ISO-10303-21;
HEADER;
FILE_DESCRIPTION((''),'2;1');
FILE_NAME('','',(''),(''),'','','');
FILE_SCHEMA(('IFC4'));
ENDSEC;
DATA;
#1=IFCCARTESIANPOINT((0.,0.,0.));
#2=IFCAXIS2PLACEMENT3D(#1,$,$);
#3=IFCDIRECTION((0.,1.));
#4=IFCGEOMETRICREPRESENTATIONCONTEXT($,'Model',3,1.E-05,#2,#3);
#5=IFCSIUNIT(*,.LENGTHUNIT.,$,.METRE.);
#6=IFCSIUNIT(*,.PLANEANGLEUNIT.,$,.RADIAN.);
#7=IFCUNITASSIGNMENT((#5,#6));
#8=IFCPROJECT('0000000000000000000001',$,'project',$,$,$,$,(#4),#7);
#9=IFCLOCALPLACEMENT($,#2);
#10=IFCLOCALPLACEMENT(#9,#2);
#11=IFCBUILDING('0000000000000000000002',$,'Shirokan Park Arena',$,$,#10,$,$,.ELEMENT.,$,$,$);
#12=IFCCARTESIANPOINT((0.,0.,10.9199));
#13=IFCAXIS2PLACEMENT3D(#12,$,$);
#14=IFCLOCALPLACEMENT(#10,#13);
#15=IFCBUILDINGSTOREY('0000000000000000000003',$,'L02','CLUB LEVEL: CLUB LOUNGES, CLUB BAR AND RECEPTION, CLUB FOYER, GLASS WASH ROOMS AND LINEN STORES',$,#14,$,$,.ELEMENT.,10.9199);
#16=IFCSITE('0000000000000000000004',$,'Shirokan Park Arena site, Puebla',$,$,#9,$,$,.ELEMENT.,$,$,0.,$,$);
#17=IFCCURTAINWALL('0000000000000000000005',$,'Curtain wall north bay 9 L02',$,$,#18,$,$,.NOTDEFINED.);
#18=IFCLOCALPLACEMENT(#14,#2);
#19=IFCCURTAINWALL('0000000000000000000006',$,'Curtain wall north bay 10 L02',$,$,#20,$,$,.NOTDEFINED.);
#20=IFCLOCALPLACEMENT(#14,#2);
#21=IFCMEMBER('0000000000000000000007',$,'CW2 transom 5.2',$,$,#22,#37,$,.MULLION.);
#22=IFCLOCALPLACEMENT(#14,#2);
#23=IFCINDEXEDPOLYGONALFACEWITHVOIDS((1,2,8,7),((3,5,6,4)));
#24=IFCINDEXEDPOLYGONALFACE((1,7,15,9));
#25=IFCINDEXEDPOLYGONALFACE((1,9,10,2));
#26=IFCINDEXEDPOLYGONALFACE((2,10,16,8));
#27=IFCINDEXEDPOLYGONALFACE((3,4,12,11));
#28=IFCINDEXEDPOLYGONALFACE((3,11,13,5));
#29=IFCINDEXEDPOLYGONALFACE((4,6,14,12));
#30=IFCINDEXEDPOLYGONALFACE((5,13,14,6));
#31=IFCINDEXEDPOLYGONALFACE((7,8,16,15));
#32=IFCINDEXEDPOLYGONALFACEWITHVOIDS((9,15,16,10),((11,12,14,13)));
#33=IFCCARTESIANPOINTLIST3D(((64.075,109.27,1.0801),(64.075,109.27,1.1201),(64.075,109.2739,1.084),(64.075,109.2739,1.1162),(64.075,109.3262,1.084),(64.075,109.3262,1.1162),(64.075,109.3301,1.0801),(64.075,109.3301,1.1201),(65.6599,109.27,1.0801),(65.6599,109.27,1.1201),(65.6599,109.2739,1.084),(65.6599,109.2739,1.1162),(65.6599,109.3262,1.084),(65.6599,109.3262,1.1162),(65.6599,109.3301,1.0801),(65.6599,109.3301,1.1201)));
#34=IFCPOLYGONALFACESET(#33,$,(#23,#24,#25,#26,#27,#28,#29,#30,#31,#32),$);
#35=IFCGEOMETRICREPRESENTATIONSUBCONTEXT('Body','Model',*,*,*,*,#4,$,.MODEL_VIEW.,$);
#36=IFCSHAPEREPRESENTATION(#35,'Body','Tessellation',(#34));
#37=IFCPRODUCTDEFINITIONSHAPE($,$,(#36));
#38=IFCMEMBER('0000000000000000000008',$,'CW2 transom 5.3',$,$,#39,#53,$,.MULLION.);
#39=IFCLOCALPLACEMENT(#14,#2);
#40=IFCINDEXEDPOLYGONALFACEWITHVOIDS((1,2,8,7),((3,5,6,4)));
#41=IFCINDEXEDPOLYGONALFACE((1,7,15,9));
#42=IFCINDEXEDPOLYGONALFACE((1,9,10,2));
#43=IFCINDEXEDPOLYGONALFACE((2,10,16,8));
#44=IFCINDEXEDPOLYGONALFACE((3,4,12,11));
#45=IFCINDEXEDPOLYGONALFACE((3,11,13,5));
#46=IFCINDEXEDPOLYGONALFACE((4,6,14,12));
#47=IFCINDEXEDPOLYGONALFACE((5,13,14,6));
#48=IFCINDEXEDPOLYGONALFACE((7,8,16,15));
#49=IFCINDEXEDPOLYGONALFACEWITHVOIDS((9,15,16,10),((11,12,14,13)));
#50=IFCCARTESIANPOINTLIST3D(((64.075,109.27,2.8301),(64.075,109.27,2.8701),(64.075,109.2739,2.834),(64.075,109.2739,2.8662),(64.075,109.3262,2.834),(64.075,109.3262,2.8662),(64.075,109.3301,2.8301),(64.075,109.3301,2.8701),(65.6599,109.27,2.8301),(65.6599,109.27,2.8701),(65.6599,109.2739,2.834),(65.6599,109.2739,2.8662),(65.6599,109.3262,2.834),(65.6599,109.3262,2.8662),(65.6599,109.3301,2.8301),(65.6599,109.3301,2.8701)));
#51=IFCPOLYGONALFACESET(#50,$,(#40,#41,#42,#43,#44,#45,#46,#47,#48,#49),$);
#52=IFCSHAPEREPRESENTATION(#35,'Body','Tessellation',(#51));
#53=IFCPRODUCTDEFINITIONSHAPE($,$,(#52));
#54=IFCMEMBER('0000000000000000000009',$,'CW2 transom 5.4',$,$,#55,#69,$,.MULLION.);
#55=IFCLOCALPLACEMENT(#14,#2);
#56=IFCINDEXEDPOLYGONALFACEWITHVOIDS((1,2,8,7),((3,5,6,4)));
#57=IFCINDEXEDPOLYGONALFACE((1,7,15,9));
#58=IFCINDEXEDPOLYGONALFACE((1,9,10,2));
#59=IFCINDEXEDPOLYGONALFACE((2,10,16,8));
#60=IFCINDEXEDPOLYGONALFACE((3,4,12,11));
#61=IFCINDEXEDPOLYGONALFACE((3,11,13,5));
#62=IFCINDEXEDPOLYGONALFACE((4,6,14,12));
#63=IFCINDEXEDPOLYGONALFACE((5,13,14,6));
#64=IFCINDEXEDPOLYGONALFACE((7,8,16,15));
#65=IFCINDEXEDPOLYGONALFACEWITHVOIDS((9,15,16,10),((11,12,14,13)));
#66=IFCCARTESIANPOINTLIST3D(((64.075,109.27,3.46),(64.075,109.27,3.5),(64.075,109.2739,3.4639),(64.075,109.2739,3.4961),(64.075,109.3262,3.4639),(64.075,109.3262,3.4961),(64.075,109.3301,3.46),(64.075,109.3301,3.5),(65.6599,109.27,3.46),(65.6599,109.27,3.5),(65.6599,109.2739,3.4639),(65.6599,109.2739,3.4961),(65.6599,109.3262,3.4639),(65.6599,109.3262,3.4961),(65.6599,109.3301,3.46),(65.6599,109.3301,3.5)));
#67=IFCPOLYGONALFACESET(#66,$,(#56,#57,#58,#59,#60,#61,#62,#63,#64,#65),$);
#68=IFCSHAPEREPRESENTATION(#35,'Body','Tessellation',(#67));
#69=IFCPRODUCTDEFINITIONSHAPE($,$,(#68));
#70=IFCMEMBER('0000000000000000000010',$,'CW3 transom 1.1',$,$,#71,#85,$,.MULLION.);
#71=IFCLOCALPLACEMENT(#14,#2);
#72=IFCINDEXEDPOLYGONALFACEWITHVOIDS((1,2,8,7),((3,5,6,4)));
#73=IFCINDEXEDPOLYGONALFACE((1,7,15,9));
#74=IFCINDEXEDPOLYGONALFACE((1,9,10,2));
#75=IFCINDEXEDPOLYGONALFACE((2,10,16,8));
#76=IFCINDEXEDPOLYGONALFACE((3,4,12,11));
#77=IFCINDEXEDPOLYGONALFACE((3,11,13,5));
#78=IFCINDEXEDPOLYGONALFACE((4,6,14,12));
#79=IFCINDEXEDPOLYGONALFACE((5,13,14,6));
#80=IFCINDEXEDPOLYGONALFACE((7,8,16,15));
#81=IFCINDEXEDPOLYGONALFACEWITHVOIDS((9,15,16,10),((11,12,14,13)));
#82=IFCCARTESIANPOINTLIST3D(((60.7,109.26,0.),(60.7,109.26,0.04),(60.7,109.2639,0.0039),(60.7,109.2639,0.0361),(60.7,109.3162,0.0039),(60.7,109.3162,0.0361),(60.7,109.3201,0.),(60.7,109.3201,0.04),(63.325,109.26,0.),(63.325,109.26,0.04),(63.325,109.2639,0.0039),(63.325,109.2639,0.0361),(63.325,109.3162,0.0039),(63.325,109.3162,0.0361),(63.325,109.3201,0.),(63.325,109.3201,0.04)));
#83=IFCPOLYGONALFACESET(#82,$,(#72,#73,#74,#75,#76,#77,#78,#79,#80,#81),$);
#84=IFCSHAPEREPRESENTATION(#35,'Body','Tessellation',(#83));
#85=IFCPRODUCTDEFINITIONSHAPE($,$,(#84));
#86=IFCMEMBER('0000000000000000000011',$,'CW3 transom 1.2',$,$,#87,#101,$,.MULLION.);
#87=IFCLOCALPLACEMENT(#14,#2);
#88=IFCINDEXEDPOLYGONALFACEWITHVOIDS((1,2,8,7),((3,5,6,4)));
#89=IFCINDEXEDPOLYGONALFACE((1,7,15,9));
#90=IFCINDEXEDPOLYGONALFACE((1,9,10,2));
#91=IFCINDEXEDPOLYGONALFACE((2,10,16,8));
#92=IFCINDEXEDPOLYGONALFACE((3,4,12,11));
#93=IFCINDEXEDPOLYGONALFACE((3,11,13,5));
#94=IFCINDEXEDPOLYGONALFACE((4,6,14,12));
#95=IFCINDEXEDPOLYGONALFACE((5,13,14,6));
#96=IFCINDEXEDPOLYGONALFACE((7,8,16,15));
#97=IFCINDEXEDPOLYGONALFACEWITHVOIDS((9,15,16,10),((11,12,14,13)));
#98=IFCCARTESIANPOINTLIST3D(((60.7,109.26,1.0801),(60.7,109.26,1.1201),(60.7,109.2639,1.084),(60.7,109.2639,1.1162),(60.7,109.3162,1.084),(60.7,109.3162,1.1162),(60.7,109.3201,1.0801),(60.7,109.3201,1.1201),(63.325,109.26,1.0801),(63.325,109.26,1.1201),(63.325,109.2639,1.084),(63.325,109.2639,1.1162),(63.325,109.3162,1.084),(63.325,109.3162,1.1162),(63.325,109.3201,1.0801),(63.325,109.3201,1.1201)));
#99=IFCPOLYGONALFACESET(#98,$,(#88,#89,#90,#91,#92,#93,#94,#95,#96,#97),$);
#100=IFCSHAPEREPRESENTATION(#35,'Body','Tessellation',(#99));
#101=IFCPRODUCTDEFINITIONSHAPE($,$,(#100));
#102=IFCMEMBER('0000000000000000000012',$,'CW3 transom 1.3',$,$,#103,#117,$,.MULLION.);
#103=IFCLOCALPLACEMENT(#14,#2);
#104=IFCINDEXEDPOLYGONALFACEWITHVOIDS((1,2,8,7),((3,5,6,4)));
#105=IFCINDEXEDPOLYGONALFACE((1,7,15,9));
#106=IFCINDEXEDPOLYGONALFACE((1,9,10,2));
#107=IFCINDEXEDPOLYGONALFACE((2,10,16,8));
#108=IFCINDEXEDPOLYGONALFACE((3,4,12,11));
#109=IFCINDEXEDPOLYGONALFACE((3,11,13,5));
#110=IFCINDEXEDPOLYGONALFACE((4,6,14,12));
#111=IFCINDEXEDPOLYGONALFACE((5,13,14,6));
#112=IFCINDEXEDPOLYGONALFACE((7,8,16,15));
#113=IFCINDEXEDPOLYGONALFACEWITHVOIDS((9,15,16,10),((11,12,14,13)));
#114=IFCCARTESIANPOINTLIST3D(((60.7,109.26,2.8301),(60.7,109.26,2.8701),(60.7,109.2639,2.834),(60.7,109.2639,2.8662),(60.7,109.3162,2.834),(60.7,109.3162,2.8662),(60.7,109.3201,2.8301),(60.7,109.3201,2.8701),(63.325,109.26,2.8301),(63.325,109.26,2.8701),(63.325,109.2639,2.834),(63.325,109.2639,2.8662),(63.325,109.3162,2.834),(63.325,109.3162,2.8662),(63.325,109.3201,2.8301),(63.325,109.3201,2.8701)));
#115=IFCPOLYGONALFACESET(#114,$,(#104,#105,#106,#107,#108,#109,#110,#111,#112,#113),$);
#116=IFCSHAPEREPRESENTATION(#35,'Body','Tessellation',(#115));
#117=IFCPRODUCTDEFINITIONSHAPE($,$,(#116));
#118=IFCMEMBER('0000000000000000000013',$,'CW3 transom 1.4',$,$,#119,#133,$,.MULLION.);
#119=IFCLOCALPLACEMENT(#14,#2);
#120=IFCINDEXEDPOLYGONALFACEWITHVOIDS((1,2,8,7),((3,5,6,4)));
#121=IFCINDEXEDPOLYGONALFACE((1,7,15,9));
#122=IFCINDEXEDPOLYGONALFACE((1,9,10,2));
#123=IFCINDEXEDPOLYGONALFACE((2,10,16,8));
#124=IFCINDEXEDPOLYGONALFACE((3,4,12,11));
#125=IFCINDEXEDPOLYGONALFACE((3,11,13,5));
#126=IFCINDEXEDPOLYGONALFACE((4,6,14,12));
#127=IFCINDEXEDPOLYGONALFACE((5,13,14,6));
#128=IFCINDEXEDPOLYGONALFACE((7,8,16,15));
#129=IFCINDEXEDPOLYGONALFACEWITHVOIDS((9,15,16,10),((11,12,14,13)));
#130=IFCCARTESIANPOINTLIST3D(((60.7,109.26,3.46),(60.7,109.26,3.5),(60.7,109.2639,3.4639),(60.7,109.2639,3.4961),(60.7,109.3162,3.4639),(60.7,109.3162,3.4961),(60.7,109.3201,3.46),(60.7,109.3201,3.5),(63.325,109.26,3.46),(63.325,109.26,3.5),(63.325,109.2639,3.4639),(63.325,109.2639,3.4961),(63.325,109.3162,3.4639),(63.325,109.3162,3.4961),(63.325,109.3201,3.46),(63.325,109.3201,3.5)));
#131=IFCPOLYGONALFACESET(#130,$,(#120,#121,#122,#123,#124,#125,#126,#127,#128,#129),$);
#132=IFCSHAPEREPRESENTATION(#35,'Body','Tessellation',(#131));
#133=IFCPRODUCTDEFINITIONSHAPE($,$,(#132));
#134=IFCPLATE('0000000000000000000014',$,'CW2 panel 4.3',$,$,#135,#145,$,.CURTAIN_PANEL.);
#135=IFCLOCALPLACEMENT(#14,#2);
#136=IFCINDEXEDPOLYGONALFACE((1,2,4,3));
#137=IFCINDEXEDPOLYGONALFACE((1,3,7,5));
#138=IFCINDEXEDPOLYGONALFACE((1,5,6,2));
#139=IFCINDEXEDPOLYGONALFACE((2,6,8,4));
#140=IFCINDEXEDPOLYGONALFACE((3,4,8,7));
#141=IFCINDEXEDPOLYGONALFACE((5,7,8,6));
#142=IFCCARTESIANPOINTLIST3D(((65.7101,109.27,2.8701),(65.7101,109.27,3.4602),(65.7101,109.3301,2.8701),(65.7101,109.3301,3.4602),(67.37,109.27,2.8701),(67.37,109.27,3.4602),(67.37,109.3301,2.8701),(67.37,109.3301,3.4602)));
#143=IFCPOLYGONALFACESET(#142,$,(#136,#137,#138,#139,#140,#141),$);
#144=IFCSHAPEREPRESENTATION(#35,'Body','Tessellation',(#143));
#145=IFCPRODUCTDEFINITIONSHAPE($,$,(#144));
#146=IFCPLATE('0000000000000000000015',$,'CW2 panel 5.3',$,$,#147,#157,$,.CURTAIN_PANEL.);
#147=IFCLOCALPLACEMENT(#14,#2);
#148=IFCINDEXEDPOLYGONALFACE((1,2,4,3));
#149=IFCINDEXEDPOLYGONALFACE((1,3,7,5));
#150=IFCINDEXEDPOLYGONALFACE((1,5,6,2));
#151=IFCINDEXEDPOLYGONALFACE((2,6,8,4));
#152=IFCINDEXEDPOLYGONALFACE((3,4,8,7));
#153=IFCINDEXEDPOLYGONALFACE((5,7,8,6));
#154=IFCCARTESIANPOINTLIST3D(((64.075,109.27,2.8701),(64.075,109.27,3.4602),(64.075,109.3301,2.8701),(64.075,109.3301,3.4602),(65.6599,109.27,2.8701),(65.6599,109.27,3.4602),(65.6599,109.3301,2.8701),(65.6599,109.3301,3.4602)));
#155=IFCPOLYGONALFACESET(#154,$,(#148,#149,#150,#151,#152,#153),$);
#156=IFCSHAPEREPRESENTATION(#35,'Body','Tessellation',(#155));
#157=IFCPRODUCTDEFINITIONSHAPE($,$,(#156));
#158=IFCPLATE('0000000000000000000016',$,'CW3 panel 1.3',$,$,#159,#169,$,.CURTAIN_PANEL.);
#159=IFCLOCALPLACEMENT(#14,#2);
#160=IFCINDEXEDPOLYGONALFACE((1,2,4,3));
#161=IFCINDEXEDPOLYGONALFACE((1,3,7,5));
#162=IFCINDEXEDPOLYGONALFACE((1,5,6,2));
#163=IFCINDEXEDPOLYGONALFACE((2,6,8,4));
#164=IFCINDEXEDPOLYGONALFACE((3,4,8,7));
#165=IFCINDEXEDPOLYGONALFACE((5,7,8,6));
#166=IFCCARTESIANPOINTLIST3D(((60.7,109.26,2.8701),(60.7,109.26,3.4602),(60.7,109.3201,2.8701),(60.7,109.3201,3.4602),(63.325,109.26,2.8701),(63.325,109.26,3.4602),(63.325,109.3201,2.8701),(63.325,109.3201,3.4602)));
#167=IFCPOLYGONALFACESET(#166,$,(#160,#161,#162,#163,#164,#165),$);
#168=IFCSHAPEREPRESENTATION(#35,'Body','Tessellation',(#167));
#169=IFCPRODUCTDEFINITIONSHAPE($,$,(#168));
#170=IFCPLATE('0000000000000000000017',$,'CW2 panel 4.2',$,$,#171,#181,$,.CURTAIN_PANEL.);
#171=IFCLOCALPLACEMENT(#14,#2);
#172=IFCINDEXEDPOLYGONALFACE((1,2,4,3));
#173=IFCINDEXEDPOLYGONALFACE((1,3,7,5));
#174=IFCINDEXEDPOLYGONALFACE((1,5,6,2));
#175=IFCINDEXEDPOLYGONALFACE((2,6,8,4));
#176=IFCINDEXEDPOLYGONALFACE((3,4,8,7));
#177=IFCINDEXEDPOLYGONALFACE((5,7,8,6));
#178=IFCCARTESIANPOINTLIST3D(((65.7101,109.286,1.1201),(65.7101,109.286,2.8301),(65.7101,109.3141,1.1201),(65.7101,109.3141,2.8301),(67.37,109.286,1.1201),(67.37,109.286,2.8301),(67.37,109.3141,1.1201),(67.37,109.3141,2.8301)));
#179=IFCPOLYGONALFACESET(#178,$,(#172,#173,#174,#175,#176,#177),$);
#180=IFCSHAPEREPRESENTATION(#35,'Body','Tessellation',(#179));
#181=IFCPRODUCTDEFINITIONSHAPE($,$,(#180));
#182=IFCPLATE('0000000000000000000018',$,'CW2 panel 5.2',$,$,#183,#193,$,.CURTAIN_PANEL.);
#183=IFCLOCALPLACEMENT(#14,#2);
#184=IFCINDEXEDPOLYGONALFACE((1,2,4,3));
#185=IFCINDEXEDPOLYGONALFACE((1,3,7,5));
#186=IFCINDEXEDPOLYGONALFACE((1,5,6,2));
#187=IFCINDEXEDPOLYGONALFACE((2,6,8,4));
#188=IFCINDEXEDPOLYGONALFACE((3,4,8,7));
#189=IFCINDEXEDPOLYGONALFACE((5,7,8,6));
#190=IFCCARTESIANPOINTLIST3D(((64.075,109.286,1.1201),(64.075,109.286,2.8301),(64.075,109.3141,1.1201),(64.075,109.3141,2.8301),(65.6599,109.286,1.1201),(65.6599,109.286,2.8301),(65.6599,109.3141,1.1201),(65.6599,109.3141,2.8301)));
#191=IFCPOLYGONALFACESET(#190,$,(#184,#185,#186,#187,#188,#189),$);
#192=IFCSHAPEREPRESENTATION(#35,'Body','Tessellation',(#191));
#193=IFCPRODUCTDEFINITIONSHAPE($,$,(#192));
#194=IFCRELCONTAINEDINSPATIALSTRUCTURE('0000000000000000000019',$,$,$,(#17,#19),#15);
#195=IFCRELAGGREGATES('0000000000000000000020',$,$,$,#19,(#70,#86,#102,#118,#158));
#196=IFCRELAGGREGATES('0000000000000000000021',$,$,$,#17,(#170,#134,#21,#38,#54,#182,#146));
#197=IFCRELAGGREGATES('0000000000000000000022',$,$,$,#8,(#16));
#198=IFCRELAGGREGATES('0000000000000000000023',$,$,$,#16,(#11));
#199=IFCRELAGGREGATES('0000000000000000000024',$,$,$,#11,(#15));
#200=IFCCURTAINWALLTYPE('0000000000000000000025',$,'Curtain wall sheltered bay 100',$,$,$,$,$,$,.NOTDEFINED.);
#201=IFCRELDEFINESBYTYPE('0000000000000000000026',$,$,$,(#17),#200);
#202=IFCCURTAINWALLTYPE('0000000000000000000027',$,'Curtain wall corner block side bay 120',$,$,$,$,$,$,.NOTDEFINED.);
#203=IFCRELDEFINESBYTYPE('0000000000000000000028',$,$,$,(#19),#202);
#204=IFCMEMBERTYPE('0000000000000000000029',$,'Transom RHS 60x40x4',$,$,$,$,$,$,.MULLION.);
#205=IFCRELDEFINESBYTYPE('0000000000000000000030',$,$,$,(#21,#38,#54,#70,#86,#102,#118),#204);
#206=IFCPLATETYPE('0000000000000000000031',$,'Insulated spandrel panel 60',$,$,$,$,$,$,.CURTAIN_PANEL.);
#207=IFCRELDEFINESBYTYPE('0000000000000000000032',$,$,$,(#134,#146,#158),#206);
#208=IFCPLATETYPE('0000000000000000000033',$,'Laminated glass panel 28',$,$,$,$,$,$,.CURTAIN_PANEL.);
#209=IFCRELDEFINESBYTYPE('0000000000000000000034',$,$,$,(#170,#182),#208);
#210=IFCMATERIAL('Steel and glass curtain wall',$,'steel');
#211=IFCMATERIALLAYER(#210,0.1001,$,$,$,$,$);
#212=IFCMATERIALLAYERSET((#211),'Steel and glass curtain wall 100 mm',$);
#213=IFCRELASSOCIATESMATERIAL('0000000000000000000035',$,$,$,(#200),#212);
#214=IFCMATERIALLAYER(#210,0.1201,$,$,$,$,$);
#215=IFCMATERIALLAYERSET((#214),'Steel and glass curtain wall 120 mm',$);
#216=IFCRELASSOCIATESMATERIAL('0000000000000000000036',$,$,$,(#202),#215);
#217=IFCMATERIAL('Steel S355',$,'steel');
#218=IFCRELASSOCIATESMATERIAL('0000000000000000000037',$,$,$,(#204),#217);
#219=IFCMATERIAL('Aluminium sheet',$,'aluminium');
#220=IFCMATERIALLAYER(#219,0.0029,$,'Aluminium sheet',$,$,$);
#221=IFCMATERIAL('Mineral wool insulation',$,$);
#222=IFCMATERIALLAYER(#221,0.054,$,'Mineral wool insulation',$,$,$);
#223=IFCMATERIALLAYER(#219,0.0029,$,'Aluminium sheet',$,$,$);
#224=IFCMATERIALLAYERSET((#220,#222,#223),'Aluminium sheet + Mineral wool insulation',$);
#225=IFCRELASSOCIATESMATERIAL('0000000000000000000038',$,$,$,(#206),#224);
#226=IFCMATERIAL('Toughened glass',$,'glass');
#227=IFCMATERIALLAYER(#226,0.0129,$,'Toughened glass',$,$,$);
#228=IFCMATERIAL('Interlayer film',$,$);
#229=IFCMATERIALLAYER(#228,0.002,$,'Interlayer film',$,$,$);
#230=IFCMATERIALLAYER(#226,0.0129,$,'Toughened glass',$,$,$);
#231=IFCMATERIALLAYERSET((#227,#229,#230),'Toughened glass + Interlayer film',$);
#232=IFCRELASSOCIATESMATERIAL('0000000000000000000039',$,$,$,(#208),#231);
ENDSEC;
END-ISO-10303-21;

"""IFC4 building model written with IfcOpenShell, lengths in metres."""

from ifc_helpers import new_model, si_unit, direction, frame, origin, origin_2d, place, context, subcontext, project, spatial, rectangle, hollow_rectangle, extrude, material, layer, layer_set, material_profile, profile_set, type_object, element, aggregate, save


model = new_model("IFC4")

# Units and contexts
model_context = context("Model", 3, precision=1e-05, world=origin(), true_north=direction((0.0, 1.0)))
body_context = subcontext(model_context, "Body", "Model", "MODEL_VIEW")
ifc_project = project(units=[si_unit("LENGTHUNIT", "METRE"), si_unit("PLANEANGLEUNIT", "RADIAN")], contexts=[model_context])

# Site, building, storey
site_placement = place(None, origin())
site = spatial("IfcSite", under=ifc_project, at=site_placement, Name="Shirokan Park Arena site, Puebla", CompositionType="ELEMENT", RefElevation=0.0)
building_placement = place(site_placement, origin())
building = spatial("IfcBuilding", under=site, at=building_placement, Name="Shirokan Park Arena", CompositionType="ELEMENT")
storey_placement = place(building_placement, frame((0.0, 0.0, 10.9199)))
storey = spatial("IfcBuildingStorey", under=building, at=storey_placement, Name="L02", Description="CLUB LEVEL: CLUB LOUNGES, CLUB BAR AND RECEPTION, CLUB FOYER, GLASS WASH ROOMS AND LINEN STORES", CompositionType="ELEMENT", Elevation=10.9199)

# Curtain walls
ifc_material_1 = material(Name="Steel and glass curtain wall", Category="steel")
ifc_layer_1 = layer(ifc_material_1, 0.1001)
ifc_layer_set_1 = layer_set([ifc_layer_1], Name="Steel and glass curtain wall 100 mm")
curtain_wall_type_1 = type_object("IfcCurtainWallType", Name="Curtain wall sheltered bay 100", PredefinedType="NOTDEFINED", material=ifc_layer_set_1)
curtain_wall_1_placement = place(storey_placement, origin())
curtain_wall_1 = element("IfcCurtainWall", 1, at=curtain_wall_1_placement, inside=storey, type_object=curtain_wall_type_1, Name="Curtain wall north bay 9 L02", PredefinedType="NOTDEFINED")
ifc_material_2 = material(Name="Steel S355", Category="steel")
ifc_layer_2 = layer(ifc_material_1, 0.1201)
ifc_layer_set_2 = layer_set([ifc_layer_2], Name="Steel and glass curtain wall 120 mm")
curtain_wall_type_2 = type_object("IfcCurtainWallType", Name="Curtain wall corner block side bay 120", PredefinedType="NOTDEFINED", material=ifc_layer_set_2)
curtain_wall_2_placement = place(storey_placement, origin())
curtain_wall_2 = element("IfcCurtainWall", 2, at=curtain_wall_2_placement, inside=storey, type_object=curtain_wall_type_2, Name="Curtain wall north bay 10 L02", PredefinedType="NOTDEFINED")

# Members
ifc_material_profile_1 = material_profile(ifc_material_2, hollow_rectangle(XDim=0.0601, YDim=0.04, WallThickness=0.0039, at=origin_2d()), Name="RHS 60x40x4")
ifc_profile_set_1 = profile_set([ifc_material_profile_1], Name="Steel S355")
member_type_1 = type_object("IfcMemberType", Name="Transom RHS 60x40x4", PredefinedType="MULLION", material=ifc_profile_set_1)
member_1_placement = place(storey_placement, frame((65.6599, 109.3, 1.1001), z_axis=(-1.0, 0.0, 0.0), x_axis=(0.0, -1.0, 0.0)))
member_1 = element("IfcMember", 3, at=member_1_placement, type_object=member_type_1, Name="CW2 transom 5.2", PredefinedType="MULLION", context=body_context, shape_type="SweptSolid", body=[
    extrude(hollow_rectangle(XDim=0.0601, YDim=0.04, WallThickness=0.0039, at=origin_2d()), origin(), (0.0, 0.0, 1.0), 1.585),
])
member_2_placement = place(storey_placement, frame((65.6599, 109.3, 2.8501), z_axis=(-1.0, 0.0, 0.0), x_axis=(0.0, -1.0, 0.0)))
member_2 = element("IfcMember", 4, at=member_2_placement, type_object=member_type_1, Name="CW2 transom 5.3", PredefinedType="MULLION", context=body_context, shape_type="SweptSolid", body=[
    extrude(hollow_rectangle(XDim=0.0601, YDim=0.04, WallThickness=0.0039, at=origin_2d()), origin(), (0.0, 0.0, 1.0), 1.585),
])
member_3_placement = place(storey_placement, frame((65.6599, 109.3, 3.48), z_axis=(-1.0, 0.0, 0.0), x_axis=(0.0, -1.0, 0.0)))
member_3 = element("IfcMember", 5, at=member_3_placement, type_object=member_type_1, Name="CW2 transom 5.4", PredefinedType="MULLION", context=body_context, shape_type="SweptSolid", body=[
    extrude(hollow_rectangle(XDim=0.0601, YDim=0.04, WallThickness=0.0039, at=origin_2d()), origin(), (0.0, 0.0, 1.0), 1.585),
])
member_4_placement = place(storey_placement, frame((63.325, 109.29, 0.02), z_axis=(-1.0, 0.0, 0.0), x_axis=(0.0, -1.0, 0.0)))
member_4 = element("IfcMember", 6, at=member_4_placement, type_object=member_type_1, Name="CW3 transom 1.1", PredefinedType="MULLION", context=body_context, shape_type="SweptSolid", body=[
    extrude(hollow_rectangle(XDim=0.0601, YDim=0.04, WallThickness=0.0039, at=origin_2d()), origin(), (0.0, 0.0, 1.0), 2.625),
])
member_5_placement = place(storey_placement, frame((63.325, 109.29, 1.1001), z_axis=(-1.0, 0.0, 0.0), x_axis=(0.0, -1.0, 0.0)))
member_5 = element("IfcMember", 7, at=member_5_placement, type_object=member_type_1, Name="CW3 transom 1.2", PredefinedType="MULLION", context=body_context, shape_type="SweptSolid", body=[
    extrude(hollow_rectangle(XDim=0.0601, YDim=0.04, WallThickness=0.0039, at=origin_2d()), origin(), (0.0, 0.0, 1.0), 2.625),
])
member_6_placement = place(storey_placement, frame((63.325, 109.29, 2.8501), z_axis=(-1.0, 0.0, 0.0), x_axis=(0.0, -1.0, 0.0)))
member_6 = element("IfcMember", 8, at=member_6_placement, type_object=member_type_1, Name="CW3 transom 1.3", PredefinedType="MULLION", context=body_context, shape_type="SweptSolid", body=[
    extrude(hollow_rectangle(XDim=0.0601, YDim=0.04, WallThickness=0.0039, at=origin_2d()), origin(), (0.0, 0.0, 1.0), 2.625),
])
member_7_placement = place(storey_placement, frame((63.325, 109.29, 3.48), z_axis=(-1.0, 0.0, 0.0), x_axis=(0.0, -1.0, 0.0)))
member_7 = element("IfcMember", 9, at=member_7_placement, type_object=member_type_1, Name="CW3 transom 1.4", PredefinedType="MULLION", context=body_context, shape_type="SweptSolid", body=[
    extrude(hollow_rectangle(XDim=0.0601, YDim=0.04, WallThickness=0.0039, at=origin_2d()), origin(), (0.0, 0.0, 1.0), 2.625),
])

# Plates
ifc_material_3 = material(Name="Aluminium sheet", Category="aluminium")
ifc_layer_3 = layer(ifc_material_3, 0.0029, Name="Aluminium sheet")
ifc_material_4 = material(Name="Mineral wool insulation")
ifc_layer_4 = layer(ifc_material_4, 0.054, Name="Mineral wool insulation")
ifc_layer_5 = layer(ifc_material_3, 0.0029, Name="Aluminium sheet")
ifc_layer_set_3 = layer_set([ifc_layer_3, ifc_layer_4, ifc_layer_5], Name="Aluminium sheet + Mineral wool insulation")
plate_type_1 = type_object("IfcPlateType", Name="Insulated spandrel panel 60", PredefinedType="CURTAIN_PANEL", material=ifc_layer_set_3)
plate_1_placement = place(storey_placement, frame((66.54, 109.3, 2.8701), z_axis=(0.0, 0.0, 1.0), x_axis=(-1.0, 0.0, 0.0)))
plate_1 = element("IfcPlate", 10, at=plate_1_placement, type_object=plate_type_1, Name="CW2 panel 4.3", PredefinedType="CURTAIN_PANEL", context=body_context, shape_type="SweptSolid", body=[
    extrude(rectangle(XDim=1.6599, YDim=0.0601, at=origin_2d()), origin(), (0.0, 0.0, 1.0), 0.5901),
])
plate_2_placement = place(storey_placement, frame((64.8674, 109.3, 2.8701), z_axis=(0.0, 0.0, 1.0), x_axis=(-1.0, 0.0, 0.0)))
plate_2 = element("IfcPlate", 11, at=plate_2_placement, type_object=plate_type_1, Name="CW2 panel 5.3", PredefinedType="CURTAIN_PANEL", context=body_context, shape_type="SweptSolid", body=[
    extrude(rectangle(XDim=1.585, YDim=0.0601, at=origin_2d()), origin(), (0.0, 0.0, 1.0), 0.5901),
])
plate_3_placement = place(storey_placement, frame((62.0125, 109.29, 2.8701), z_axis=(0.0, 0.0, 1.0), x_axis=(-1.0, 0.0, 0.0)))
plate_3 = element("IfcPlate", 12, at=plate_3_placement, type_object=plate_type_1, Name="CW3 panel 1.3", PredefinedType="CURTAIN_PANEL", context=body_context, shape_type="SweptSolid", body=[
    extrude(rectangle(XDim=2.625, YDim=0.0601, at=origin_2d()), origin(), (0.0, 0.0, 1.0), 0.5901),
])
aggregate(curtain_wall_2, [member_4, member_5, member_6, member_7, plate_3])
ifc_material_5 = material(Name="Toughened glass", Category="glass")
ifc_layer_6 = layer(ifc_material_5, 0.0129, Name="Toughened glass")
ifc_material_6 = material(Name="Interlayer film")
ifc_layer_7 = layer(ifc_material_6, 0.002, Name="Interlayer film")
ifc_layer_8 = layer(ifc_material_5, 0.0129, Name="Toughened glass")
ifc_layer_set_4 = layer_set([ifc_layer_6, ifc_layer_7, ifc_layer_8], Name="Toughened glass + Interlayer film")
plate_type_2 = type_object("IfcPlateType", Name="Laminated glass panel 28", PredefinedType="CURTAIN_PANEL", material=ifc_layer_set_4)
plate_4_placement = place(storey_placement, frame((66.54, 109.3, 1.1201), z_axis=(0.0, 0.0, 1.0), x_axis=(-1.0, 0.0, 0.0)))
plate_4 = element("IfcPlate", 13, at=plate_4_placement, type_object=plate_type_2, Name="CW2 panel 4.2", PredefinedType="CURTAIN_PANEL", context=body_context, shape_type="SweptSolid", body=[
    extrude(rectangle(XDim=1.6599, YDim=0.0281, at=origin_2d()), origin(), (0.0, 0.0, 1.0), 1.71),
])
plate_5_placement = place(storey_placement, frame((64.8674, 109.3, 1.1201), z_axis=(0.0, 0.0, 1.0), x_axis=(-1.0, 0.0, 0.0)))
plate_5 = element("IfcPlate", 14, at=plate_5_placement, type_object=plate_type_2, Name="CW2 panel 5.2", PredefinedType="CURTAIN_PANEL", context=body_context, shape_type="SweptSolid", body=[
    extrude(rectangle(XDim=1.585, YDim=0.0281, at=origin_2d()), origin(), (0.0, 0.0, 1.0), 1.71),
])
aggregate(curtain_wall_1, [plate_4, plate_1, member_1, member_2, member_3, plate_5, plate_2])

save(model, "model.ifc")
